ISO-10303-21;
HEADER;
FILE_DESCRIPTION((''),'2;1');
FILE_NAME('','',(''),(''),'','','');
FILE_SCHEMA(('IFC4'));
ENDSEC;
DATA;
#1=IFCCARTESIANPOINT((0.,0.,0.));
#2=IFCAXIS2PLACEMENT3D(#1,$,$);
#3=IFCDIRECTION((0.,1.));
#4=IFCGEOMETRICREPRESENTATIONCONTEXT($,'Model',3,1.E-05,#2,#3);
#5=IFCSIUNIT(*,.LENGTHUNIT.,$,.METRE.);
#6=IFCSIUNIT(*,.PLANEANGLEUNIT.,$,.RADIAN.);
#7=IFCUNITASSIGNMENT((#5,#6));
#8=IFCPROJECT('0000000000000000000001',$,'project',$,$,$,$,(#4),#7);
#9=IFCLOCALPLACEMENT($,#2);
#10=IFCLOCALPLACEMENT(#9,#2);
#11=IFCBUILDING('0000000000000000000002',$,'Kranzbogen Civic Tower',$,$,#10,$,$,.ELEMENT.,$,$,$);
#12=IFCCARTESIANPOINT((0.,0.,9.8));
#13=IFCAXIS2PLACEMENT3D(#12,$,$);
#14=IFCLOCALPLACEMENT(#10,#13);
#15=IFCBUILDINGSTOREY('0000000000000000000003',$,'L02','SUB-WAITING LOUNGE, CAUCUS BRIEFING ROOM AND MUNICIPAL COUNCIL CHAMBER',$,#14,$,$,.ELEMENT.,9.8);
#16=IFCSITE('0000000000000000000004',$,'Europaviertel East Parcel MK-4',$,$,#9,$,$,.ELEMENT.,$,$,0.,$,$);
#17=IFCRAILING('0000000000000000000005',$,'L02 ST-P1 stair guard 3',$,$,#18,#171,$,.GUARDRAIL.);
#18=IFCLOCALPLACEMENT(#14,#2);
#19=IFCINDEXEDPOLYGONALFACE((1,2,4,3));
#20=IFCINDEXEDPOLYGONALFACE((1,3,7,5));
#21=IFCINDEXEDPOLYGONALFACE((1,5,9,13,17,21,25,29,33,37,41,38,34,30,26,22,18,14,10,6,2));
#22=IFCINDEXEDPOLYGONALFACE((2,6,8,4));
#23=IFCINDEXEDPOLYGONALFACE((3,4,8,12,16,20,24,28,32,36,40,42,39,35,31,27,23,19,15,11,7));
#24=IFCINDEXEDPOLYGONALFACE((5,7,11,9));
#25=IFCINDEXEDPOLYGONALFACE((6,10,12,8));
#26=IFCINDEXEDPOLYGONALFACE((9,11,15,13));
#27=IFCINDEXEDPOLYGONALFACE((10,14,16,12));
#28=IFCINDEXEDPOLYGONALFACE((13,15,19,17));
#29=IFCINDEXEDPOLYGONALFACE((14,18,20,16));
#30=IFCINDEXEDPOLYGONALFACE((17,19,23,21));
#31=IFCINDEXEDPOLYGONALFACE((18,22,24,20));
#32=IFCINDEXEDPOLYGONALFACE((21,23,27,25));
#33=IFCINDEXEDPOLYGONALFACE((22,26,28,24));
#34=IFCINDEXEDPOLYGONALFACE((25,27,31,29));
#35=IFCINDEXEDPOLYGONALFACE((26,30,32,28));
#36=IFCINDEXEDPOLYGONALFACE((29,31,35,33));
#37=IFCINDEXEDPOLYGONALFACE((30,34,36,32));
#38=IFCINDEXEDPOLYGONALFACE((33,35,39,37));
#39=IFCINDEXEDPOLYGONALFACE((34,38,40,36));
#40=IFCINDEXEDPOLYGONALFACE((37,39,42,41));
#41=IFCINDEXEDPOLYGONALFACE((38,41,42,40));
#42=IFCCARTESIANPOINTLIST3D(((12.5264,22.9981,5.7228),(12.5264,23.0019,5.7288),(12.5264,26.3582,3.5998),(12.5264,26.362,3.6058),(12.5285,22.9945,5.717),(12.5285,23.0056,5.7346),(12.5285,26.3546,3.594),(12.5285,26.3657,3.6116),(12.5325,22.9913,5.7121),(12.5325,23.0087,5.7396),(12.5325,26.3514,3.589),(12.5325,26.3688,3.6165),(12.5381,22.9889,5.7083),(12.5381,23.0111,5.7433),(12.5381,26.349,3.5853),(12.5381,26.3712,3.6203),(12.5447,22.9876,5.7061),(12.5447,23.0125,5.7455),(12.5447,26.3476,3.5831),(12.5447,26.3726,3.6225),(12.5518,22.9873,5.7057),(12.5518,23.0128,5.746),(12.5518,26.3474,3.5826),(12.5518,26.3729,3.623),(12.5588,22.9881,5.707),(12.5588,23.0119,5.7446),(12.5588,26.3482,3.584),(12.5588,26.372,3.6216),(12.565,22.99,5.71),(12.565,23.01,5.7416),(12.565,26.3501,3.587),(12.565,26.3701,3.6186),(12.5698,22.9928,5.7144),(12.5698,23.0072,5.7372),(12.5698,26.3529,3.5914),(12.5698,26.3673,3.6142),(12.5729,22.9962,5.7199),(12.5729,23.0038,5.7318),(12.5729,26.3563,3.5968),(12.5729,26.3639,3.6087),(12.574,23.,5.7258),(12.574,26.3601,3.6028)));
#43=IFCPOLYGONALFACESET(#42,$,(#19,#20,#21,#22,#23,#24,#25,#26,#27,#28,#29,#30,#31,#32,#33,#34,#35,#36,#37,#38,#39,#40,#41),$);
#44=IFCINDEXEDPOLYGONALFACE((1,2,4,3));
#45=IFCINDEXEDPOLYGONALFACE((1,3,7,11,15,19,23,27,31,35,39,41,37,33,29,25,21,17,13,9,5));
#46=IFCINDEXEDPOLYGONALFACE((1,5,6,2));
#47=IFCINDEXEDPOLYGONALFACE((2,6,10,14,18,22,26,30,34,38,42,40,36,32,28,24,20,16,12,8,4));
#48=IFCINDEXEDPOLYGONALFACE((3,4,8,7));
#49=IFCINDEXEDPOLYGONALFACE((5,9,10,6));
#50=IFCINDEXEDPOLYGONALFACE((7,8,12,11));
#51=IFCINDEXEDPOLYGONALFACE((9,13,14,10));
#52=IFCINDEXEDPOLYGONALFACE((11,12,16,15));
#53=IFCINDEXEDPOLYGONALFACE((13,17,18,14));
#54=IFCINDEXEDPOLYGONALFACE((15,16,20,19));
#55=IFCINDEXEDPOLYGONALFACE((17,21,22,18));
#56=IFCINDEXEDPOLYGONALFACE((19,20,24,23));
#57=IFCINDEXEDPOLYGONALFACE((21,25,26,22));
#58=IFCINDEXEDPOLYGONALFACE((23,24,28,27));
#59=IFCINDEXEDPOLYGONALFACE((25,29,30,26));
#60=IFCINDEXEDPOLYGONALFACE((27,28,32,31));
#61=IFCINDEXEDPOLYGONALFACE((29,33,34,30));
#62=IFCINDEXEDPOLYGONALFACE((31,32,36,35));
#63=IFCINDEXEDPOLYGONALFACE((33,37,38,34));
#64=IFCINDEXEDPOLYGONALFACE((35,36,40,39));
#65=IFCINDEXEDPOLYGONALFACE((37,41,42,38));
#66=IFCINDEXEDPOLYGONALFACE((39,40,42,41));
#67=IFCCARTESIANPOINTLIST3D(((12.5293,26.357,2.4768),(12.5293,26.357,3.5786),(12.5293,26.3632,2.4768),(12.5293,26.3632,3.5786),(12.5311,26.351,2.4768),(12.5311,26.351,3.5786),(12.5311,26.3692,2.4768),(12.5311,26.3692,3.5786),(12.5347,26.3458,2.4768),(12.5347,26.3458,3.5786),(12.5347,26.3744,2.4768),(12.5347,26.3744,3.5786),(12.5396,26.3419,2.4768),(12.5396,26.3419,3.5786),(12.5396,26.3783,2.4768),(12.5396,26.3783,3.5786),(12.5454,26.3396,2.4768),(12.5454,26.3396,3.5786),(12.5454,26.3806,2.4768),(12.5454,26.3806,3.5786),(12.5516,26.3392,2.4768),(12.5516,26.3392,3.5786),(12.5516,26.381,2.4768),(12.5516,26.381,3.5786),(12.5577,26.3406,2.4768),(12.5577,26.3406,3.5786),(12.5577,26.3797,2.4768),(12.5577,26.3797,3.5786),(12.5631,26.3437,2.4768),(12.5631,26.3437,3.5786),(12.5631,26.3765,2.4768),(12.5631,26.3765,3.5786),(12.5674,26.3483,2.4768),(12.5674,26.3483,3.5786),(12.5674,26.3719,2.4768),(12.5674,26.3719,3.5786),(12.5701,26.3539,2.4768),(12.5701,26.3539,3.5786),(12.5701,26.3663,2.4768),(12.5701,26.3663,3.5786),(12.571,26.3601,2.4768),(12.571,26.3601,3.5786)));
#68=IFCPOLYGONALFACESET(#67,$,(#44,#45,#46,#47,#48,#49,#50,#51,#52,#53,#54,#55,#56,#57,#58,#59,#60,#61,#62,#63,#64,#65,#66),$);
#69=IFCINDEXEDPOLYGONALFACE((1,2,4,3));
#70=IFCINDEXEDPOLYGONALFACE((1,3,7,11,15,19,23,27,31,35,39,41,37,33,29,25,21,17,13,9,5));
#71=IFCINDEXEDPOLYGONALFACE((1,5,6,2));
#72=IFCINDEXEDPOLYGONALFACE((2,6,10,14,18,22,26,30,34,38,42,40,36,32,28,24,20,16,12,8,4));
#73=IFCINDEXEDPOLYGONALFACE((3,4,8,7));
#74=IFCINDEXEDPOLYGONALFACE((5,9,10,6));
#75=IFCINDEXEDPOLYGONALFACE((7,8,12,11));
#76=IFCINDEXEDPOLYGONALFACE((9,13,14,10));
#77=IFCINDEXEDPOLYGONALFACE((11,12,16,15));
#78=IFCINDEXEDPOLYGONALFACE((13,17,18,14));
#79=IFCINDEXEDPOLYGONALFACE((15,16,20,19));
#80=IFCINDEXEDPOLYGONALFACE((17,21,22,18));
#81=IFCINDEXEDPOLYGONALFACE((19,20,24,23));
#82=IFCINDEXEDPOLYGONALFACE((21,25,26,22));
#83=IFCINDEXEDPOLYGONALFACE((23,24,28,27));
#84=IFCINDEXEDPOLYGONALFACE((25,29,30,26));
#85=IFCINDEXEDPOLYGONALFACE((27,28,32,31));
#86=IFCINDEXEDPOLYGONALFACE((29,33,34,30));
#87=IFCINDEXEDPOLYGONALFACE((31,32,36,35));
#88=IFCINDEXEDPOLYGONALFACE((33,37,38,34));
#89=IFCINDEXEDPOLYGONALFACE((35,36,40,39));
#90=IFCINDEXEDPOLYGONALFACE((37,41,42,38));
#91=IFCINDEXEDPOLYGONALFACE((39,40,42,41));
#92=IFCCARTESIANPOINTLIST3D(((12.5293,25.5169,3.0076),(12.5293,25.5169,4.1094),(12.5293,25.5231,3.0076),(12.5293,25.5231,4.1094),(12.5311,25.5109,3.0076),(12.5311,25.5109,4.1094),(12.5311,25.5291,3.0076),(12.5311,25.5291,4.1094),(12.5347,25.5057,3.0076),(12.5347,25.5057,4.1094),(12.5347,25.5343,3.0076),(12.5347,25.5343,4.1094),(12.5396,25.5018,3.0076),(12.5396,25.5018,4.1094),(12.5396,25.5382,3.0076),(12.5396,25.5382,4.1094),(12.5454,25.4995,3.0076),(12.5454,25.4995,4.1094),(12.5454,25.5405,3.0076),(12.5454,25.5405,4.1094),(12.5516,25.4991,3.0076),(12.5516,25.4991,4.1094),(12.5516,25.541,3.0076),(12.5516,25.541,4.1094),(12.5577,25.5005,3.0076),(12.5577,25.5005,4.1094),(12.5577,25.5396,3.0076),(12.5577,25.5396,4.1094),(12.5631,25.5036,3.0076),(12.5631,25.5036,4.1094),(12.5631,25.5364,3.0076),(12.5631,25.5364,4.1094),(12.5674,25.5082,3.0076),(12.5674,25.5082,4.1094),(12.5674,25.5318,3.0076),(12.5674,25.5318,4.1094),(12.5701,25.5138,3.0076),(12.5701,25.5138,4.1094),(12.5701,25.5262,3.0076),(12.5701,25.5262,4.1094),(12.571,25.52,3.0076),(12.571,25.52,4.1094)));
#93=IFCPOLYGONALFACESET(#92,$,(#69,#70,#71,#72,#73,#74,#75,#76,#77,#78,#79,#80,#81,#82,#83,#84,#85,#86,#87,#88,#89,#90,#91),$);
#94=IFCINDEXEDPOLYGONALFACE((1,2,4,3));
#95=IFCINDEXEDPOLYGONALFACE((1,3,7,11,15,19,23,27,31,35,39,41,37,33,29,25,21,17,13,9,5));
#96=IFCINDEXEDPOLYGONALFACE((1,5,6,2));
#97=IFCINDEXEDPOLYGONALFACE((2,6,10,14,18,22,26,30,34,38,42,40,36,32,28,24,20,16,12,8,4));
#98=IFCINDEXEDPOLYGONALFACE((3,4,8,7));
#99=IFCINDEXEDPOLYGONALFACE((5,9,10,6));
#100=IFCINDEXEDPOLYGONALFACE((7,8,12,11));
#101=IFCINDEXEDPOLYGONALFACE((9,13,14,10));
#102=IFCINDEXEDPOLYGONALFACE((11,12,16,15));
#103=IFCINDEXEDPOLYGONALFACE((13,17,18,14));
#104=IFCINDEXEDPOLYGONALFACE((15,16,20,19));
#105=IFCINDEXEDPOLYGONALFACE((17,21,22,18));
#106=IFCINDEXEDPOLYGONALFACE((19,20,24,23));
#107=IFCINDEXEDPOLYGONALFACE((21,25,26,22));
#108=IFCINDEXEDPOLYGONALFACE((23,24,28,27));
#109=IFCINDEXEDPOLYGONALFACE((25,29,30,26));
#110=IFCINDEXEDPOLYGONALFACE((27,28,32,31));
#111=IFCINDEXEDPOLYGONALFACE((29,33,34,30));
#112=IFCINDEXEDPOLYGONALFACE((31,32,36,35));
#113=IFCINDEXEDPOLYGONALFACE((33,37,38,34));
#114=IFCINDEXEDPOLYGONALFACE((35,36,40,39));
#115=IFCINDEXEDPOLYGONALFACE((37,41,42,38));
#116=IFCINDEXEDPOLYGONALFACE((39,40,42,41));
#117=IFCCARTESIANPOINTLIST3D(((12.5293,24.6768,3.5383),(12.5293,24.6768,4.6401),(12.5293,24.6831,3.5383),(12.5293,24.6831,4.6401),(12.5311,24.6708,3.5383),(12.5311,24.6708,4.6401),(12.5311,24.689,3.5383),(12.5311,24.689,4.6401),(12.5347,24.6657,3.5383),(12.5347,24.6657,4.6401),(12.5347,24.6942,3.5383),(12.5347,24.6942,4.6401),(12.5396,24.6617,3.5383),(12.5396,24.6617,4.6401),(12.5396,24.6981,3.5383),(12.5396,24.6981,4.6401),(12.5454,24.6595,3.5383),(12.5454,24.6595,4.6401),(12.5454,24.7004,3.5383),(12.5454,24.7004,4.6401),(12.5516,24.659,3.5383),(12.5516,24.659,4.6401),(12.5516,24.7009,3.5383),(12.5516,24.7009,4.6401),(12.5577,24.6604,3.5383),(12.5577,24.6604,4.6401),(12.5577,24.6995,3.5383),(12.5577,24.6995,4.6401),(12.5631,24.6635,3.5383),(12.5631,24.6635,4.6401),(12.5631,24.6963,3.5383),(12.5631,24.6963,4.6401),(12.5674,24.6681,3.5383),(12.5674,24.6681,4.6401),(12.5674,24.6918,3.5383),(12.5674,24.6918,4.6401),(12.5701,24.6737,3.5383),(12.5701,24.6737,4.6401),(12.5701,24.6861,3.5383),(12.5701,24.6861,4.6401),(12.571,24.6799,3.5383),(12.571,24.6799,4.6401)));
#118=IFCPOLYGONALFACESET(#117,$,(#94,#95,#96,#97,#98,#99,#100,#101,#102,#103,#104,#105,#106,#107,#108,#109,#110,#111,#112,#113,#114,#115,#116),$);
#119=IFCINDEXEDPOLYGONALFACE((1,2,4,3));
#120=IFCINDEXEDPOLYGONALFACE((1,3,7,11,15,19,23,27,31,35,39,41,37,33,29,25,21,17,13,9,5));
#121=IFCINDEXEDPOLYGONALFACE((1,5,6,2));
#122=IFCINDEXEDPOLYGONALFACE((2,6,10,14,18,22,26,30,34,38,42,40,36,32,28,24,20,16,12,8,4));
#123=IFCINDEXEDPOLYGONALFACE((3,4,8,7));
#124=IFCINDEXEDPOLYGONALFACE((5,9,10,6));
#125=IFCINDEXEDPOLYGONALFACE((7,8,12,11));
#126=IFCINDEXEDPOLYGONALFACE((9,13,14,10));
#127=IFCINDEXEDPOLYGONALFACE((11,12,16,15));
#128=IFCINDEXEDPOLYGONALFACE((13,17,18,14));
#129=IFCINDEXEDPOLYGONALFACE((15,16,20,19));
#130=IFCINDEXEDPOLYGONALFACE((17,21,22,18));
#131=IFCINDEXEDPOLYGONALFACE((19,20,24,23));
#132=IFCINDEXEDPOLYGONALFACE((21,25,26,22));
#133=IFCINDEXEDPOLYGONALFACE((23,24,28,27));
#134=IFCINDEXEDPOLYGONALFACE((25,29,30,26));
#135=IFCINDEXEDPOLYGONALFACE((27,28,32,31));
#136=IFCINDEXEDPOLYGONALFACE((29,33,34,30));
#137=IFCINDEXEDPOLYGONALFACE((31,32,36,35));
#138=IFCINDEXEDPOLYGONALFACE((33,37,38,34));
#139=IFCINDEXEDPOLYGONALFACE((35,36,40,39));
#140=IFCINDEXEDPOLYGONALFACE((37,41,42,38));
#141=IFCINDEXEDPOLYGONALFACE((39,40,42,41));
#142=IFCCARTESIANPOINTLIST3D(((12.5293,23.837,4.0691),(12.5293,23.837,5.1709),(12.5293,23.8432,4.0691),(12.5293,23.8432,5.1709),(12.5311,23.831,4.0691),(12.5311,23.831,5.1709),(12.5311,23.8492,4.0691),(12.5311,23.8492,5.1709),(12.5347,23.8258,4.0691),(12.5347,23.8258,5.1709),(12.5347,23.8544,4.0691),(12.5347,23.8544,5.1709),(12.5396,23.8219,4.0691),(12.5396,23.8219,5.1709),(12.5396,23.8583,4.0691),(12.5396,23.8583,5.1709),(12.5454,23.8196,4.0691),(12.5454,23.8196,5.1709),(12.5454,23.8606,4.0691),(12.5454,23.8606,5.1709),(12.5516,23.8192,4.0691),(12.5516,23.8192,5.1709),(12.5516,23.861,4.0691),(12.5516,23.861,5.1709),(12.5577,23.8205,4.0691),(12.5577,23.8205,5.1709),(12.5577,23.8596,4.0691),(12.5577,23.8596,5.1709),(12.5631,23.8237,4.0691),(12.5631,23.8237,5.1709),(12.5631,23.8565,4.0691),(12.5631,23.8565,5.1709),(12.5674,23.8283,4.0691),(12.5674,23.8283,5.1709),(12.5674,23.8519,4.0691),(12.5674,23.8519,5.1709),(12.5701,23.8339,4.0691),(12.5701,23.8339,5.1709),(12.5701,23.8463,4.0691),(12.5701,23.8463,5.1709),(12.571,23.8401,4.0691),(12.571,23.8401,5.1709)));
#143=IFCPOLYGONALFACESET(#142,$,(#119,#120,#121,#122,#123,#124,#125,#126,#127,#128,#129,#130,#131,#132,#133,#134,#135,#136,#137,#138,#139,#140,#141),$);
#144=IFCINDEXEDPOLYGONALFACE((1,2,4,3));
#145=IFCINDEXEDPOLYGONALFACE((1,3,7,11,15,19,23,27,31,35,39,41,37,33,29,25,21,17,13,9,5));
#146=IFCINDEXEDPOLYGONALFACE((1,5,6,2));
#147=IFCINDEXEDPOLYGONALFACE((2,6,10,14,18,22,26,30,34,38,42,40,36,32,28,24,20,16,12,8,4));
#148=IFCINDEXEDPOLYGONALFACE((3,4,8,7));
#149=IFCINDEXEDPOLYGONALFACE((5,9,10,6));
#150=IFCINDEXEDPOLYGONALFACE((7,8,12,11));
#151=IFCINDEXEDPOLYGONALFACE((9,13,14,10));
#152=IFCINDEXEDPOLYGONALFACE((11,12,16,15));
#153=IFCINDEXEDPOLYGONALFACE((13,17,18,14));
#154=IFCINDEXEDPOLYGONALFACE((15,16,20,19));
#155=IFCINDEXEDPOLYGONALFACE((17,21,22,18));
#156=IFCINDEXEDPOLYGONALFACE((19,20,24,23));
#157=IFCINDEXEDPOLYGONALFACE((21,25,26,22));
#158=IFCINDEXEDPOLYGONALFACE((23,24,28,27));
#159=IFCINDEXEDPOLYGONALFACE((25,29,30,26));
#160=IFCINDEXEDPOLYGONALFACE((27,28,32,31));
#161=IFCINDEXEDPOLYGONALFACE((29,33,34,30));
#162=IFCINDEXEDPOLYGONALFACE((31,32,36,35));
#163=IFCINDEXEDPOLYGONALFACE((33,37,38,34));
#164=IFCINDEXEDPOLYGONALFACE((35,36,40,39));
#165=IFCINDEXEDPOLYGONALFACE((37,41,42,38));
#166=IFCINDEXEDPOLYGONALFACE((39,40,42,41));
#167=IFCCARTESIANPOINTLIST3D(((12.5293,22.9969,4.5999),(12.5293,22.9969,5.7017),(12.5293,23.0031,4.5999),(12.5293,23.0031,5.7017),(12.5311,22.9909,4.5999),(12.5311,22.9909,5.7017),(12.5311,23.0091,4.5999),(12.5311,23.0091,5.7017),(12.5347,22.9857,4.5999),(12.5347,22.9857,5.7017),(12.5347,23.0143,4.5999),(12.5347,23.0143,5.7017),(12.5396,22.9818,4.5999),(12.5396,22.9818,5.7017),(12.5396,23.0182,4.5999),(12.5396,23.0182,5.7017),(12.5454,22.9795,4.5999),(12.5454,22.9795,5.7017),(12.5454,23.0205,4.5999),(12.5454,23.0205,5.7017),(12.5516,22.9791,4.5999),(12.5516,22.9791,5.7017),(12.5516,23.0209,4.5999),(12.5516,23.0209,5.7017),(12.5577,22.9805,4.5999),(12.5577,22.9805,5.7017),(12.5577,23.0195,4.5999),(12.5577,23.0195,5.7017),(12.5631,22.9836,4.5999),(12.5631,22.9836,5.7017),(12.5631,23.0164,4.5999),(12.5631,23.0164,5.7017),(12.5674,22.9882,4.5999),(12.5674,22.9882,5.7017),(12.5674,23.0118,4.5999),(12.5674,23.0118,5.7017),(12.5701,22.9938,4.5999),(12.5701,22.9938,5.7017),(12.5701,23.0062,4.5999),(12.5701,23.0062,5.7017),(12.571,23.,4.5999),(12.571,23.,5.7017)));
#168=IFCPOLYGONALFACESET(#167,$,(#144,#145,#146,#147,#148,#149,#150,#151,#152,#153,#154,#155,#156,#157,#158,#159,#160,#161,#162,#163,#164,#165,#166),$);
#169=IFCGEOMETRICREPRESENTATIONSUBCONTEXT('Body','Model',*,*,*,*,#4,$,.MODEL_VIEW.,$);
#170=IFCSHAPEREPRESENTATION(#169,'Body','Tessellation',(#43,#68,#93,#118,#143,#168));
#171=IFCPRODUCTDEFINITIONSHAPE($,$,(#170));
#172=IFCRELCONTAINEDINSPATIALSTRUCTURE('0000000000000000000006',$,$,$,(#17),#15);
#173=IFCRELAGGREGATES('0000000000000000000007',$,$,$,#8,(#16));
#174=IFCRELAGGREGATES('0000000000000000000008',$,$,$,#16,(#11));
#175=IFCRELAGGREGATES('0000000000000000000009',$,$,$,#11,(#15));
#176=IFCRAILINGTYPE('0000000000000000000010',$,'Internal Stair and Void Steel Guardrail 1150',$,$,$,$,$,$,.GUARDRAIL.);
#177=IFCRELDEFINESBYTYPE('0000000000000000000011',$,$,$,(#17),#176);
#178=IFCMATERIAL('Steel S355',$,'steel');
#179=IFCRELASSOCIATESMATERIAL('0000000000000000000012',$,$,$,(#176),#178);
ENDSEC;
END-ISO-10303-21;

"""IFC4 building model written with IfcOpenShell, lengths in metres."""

from ifc_helpers import new_model, si_unit, direction, frame, origin, origin_2d, place, context, subcontext, project, spatial, circle, extrude, material, type_object, element, save


model = new_model("IFC4")

# Units and contexts
model_context = context("Model", 3, precision=1e-05, world=origin(), true_north=direction((0.0, 1.0)))
body_context = subcontext(model_context, "Body", "Model", "MODEL_VIEW")
ifc_project = project(units=[si_unit("LENGTHUNIT", "METRE"), si_unit("PLANEANGLEUNIT", "RADIAN")], contexts=[model_context])

# Site, building, storey
site_placement = place(None, origin())
site = spatial("IfcSite", under=ifc_project, at=site_placement, Name="Europaviertel East Parcel MK-4", CompositionType="ELEMENT", RefElevation=0.0)
building_placement = place(site_placement, origin())
building = spatial("IfcBuilding", under=site, at=building_placement, Name="Kranzbogen Civic Tower", CompositionType="ELEMENT")
storey_placement = place(building_placement, frame((0.0, 0.0, 9.8)))
storey = spatial("IfcBuildingStorey", under=building, at=storey_placement, Name="L02", Description="SUB-WAITING LOUNGE, CAUCUS BRIEFING ROOM AND MUNICIPAL COUNCIL CHAMBER", CompositionType="ELEMENT", Elevation=9.8)

# Shared definitions
ifc_material_1 = material(Name="Steel S355", Category="steel")

# Railing
railing_type_1 = type_object("IfcRailingType", Name="Internal Stair and Void Steel Guardrail 1150", PredefinedType="GUARDRAIL", material=ifc_material_1)
railing_1_placement = place(storey_placement, frame((12.55, 26.3601, 2.4768)))
element("IfcRailing", 1, at=railing_1_placement, inside=storey, type_object=railing_type_1, Name="L02 ST-P1 stair guard 3", PredefinedType="GUARDRAIL", context=body_context, shape_type="SweptSolid", body=[
    extrude(circle(Radius=0.0239, at=origin_2d()), frame((0.0, 0.0, 1.126), z_axis=(0.0, -0.84539, 0.53415), x_axis=(1.0, 0.0, 0.0)), (0.0, 0.0, 1.0), 3.9746),
    extrude(circle(Radius=0.021, at=origin_2d()), origin(), (0.0, 0.0, 1.0), 1.1018),
    extrude(circle(Radius=0.021, at=origin_2d()), frame((0.0, -0.8401, 0.5308)), (0.0, 0.0, 1.0), 1.1018),
    extrude(circle(Radius=0.021, at=origin_2d()), frame((0.0, -1.6802, 1.0615)), (0.0, 0.0, 1.0), 1.1018),
    extrude(circle(Radius=0.021, at=origin_2d()), frame((0.0, -2.52, 1.5923)), (0.0, 0.0, 1.0), 1.1018),
    extrude(circle(Radius=0.021, at=origin_2d()), frame((0.0, -3.3601, 2.123)), (0.0, 0.0, 1.0), 1.1018),
])

save(model, "model.ifc")
